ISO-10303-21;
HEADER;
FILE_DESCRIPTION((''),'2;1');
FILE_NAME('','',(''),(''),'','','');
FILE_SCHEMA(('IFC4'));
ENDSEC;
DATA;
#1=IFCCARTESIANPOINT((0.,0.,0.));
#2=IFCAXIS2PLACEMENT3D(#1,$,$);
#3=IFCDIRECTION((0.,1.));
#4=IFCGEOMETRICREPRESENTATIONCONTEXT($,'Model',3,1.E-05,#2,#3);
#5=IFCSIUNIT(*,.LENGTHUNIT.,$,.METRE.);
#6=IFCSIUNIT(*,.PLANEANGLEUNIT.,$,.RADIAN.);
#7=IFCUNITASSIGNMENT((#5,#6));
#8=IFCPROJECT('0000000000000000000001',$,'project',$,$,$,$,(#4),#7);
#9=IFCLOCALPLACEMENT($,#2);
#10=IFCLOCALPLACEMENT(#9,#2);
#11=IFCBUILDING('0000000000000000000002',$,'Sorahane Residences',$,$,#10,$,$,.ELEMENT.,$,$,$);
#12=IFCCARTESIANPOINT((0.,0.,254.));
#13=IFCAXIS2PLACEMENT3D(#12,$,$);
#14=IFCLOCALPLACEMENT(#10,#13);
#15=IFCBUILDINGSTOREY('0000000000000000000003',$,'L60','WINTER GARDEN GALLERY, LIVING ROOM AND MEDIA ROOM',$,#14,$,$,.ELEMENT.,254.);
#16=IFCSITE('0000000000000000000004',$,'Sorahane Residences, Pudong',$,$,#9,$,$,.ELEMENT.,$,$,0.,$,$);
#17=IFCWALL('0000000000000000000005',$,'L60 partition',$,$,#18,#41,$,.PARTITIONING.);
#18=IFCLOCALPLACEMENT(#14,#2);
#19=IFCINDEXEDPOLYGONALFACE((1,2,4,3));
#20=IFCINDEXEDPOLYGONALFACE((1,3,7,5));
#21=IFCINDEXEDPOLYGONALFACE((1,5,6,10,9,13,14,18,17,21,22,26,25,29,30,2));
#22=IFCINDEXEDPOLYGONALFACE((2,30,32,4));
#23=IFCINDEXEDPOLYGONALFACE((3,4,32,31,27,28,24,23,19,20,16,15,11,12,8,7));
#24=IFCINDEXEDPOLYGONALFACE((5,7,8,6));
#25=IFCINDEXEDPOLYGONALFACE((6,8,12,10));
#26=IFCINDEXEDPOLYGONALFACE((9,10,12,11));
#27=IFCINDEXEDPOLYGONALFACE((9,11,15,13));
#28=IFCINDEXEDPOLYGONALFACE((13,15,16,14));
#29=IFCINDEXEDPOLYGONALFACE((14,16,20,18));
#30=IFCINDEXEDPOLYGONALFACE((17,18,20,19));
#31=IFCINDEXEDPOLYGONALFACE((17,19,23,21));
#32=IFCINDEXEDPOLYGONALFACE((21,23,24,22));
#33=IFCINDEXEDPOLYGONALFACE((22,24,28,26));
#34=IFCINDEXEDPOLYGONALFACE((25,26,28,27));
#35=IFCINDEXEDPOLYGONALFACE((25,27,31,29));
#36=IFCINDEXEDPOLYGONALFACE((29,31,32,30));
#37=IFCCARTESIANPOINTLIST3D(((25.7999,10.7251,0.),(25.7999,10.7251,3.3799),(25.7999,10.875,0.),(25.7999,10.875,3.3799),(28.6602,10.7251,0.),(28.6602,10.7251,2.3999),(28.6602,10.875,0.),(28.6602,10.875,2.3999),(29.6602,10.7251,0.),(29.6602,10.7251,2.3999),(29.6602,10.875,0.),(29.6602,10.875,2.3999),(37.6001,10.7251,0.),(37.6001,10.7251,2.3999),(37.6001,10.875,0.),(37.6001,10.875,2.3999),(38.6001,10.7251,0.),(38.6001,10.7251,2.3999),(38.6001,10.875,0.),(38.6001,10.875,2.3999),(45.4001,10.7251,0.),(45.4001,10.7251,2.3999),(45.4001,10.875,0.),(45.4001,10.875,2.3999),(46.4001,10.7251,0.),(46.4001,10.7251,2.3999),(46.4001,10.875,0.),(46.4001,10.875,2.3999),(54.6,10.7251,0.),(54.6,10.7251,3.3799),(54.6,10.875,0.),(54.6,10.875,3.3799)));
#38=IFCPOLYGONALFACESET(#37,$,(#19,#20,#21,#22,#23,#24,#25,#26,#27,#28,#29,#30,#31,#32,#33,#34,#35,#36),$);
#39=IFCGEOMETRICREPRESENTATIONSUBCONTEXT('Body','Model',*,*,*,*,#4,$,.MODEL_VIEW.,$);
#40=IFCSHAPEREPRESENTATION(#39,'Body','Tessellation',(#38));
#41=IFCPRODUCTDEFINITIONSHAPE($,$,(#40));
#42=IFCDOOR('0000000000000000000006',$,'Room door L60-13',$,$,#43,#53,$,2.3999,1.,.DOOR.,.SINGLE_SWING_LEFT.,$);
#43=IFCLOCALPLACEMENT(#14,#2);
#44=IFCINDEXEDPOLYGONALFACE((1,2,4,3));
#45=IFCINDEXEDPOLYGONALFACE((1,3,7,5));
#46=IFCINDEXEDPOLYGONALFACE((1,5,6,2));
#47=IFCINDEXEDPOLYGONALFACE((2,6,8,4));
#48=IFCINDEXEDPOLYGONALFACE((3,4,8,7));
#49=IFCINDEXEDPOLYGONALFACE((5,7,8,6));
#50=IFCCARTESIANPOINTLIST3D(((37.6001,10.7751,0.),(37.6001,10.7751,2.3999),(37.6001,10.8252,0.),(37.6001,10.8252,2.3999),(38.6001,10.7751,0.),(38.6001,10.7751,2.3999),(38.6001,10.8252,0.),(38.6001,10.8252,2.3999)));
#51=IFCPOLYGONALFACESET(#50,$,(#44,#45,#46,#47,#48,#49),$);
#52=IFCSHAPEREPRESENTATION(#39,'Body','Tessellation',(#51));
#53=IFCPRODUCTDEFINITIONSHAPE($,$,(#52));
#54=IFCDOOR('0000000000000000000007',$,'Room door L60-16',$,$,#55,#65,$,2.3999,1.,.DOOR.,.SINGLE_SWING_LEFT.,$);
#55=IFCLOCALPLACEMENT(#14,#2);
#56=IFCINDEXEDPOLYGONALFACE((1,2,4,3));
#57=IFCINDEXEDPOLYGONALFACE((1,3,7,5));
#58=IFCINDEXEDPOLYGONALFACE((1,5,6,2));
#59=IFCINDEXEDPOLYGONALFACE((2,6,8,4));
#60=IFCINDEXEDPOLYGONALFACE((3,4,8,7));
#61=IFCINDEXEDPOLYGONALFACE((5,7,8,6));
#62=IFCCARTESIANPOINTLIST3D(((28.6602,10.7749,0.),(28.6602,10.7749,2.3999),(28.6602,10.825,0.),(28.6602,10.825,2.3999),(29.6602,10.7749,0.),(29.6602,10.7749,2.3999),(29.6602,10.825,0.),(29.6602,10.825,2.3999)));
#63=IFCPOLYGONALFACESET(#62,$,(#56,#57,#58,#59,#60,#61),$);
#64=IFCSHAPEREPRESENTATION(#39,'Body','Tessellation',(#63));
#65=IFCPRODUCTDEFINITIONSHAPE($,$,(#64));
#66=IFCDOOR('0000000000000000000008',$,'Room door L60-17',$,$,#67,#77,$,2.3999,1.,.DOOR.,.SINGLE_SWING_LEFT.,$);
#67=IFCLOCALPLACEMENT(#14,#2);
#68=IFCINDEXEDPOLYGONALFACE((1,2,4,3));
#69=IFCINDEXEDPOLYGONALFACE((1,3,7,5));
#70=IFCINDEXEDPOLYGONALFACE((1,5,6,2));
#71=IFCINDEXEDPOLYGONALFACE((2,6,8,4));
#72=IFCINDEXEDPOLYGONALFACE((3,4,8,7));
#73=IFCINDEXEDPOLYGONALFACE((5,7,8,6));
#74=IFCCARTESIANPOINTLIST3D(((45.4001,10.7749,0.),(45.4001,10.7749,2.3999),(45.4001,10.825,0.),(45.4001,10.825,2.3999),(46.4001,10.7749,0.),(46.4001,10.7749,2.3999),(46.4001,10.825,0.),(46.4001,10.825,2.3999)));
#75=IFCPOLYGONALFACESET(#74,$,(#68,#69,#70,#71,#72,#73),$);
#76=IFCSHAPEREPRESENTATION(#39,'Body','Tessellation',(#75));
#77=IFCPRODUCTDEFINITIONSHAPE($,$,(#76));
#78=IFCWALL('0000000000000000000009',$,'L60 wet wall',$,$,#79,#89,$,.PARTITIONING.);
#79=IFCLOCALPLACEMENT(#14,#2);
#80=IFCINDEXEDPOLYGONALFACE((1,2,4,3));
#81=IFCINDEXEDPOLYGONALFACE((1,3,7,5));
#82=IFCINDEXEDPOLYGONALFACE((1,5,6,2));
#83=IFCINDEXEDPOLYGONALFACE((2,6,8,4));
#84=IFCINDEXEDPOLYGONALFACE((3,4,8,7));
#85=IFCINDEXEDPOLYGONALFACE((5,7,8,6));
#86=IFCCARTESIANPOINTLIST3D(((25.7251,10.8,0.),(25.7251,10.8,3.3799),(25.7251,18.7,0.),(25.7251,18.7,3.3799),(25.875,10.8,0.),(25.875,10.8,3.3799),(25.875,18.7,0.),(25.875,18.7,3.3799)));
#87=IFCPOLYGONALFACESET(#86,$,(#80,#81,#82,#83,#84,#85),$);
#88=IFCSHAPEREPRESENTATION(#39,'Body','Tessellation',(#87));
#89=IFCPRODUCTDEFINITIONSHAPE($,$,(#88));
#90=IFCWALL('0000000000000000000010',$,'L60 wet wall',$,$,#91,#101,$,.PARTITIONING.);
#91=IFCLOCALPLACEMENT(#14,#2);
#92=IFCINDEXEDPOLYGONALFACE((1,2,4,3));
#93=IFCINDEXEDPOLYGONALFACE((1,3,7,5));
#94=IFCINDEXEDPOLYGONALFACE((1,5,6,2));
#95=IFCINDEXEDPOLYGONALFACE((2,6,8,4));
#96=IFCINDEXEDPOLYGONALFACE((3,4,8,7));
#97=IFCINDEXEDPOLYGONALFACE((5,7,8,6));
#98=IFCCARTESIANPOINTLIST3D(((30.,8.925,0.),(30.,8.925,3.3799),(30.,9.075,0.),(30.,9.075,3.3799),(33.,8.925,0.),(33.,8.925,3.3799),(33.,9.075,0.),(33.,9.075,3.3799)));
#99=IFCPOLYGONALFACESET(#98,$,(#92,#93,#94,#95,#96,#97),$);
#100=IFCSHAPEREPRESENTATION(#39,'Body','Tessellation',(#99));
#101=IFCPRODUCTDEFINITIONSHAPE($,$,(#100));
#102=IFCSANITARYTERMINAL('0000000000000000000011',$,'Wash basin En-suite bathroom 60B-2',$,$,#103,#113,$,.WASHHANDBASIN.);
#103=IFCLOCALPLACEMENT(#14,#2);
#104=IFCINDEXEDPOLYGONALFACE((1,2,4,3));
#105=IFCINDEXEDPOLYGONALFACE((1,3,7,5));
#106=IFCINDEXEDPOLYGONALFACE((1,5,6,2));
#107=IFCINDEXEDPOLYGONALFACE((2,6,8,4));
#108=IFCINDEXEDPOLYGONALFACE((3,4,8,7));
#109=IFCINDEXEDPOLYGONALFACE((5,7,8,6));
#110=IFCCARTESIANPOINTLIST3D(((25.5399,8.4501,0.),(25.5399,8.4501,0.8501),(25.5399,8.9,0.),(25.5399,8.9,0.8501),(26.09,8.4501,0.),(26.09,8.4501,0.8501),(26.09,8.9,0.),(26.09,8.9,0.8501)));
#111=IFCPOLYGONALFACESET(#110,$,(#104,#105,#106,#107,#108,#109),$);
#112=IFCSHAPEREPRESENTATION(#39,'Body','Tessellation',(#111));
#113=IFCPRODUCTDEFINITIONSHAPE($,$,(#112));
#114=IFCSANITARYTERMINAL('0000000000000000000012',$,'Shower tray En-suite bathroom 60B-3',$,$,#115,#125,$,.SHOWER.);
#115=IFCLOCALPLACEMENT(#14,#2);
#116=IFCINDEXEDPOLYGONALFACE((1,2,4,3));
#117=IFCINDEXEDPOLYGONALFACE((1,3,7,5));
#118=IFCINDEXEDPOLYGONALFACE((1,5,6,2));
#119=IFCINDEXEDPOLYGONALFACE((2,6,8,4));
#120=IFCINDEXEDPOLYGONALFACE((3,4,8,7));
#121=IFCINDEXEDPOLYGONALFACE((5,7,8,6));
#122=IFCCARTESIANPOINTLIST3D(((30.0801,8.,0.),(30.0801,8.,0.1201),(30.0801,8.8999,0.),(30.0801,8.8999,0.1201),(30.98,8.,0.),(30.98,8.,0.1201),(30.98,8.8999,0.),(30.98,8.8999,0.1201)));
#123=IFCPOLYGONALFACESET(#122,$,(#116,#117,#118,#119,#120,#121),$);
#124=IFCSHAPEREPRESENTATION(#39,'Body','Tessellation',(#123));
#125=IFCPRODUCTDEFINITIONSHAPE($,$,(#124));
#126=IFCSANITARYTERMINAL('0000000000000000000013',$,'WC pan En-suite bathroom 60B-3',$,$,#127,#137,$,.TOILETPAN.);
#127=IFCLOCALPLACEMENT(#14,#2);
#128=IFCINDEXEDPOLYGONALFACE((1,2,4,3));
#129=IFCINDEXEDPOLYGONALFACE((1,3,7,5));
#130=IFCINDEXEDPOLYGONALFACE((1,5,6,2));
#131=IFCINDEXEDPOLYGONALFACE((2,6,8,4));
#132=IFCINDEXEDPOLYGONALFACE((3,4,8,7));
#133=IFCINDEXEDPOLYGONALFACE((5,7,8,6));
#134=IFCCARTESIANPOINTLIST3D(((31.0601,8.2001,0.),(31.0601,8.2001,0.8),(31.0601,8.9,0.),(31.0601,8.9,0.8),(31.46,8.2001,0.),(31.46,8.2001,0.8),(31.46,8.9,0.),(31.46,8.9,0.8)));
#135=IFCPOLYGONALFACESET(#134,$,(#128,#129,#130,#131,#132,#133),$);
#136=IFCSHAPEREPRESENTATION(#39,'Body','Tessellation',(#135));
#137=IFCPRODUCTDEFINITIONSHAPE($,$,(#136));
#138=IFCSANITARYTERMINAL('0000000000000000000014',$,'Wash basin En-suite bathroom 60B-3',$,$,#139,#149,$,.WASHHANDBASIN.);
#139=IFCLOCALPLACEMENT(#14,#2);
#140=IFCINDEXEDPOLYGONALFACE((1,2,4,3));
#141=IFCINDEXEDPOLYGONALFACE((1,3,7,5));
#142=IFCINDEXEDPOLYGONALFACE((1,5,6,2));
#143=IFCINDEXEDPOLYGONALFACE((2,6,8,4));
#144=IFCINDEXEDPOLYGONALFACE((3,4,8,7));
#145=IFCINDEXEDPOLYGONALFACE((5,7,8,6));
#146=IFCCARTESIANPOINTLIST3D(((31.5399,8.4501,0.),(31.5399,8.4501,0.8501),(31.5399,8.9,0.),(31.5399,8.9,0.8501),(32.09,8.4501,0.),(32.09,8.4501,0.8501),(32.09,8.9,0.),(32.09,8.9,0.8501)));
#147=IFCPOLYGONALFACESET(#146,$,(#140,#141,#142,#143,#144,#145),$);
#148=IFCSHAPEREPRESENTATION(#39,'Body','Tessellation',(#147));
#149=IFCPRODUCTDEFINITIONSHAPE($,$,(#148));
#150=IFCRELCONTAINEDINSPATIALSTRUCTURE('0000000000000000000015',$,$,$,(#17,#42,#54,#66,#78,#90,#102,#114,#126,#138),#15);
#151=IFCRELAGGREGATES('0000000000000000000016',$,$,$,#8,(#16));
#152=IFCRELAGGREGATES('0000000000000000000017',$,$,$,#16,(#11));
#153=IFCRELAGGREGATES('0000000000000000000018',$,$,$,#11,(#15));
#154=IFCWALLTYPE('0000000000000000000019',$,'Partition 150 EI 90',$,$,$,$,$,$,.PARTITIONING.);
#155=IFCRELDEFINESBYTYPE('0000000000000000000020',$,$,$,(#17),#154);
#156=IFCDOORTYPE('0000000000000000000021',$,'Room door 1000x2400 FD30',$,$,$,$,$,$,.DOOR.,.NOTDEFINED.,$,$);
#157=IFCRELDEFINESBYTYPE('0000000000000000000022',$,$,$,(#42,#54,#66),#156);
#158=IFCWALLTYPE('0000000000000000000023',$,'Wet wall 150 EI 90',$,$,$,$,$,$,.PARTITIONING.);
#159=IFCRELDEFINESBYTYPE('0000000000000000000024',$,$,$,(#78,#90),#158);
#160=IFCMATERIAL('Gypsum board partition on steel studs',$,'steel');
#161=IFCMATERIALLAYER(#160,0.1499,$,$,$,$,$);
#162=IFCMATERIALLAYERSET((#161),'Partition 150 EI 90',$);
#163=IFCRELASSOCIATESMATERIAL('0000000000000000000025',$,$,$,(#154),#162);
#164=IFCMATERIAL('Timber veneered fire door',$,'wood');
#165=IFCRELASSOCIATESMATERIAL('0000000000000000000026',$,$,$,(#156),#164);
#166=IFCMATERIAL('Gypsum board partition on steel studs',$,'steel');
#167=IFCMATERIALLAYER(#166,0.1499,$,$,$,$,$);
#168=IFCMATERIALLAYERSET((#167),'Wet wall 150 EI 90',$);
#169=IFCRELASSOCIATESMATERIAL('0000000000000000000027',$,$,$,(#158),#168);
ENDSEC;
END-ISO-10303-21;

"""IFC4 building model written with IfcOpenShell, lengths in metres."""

from ifc_helpers import new_model, si_unit, direction, frame, frame_2d, origin, origin_2d, place, context, subcontext, project, spatial, rectangle, extrude, material, layer, layer_set, type_object, element, fill, save


model = new_model("IFC4")

# Units and contexts
model_context = context("Model", 3, precision=1e-05, world=origin(), true_north=direction((0.0, 1.0)))
body_context = subcontext(model_context, "Body", "Model", "MODEL_VIEW")
ifc_project = project(units=[si_unit("LENGTHUNIT", "METRE"), si_unit("PLANEANGLEUNIT", "RADIAN")], contexts=[model_context])

# Site, building, storey
site_placement = place(None, origin())
site = spatial("IfcSite", under=ifc_project, at=site_placement, Name="Sorahane Residences, Pudong", CompositionType="ELEMENT", RefElevation=0.0)
building_placement = place(site_placement, origin())
building = spatial("IfcBuilding", under=site, at=building_placement, Name="Sorahane Residences", CompositionType="ELEMENT")
storey_placement = place(building_placement, frame((0.0, 0.0, 254.0)))
storey = spatial("IfcBuildingStorey", under=building, at=storey_placement, Name="L60", Description="WINTER GARDEN GALLERY, LIVING ROOM AND MEDIA ROOM", CompositionType="ELEMENT", Elevation=254.0)

# Wall, openings, doors
ifc_material_1 = material(Name="Gypsum board partition on steel studs", Category="steel")
ifc_layer_1 = layer(ifc_material_1, 0.1499)
ifc_layer_set_1 = layer_set([ifc_layer_1], Name="Partition 150 EI 90")
wall_type_1 = type_object("IfcWallType", Name="Partition 150 EI 90", PredefinedType="PARTITIONING", material=ifc_layer_set_1)
wall_1_placement = place(storey_placement, frame((25.8, 10.8, 0.0), z_axis=(0.0, 0.0, 1.0), x_axis=(1.0, 0.0, 0.0)))
wall_1 = element("IfcWall", 1, at=wall_1_placement, inside=storey, type_object=wall_type_1, Name="L60 partition", PredefinedType="PARTITIONING", context=body_context, shape_type="SweptSolid", body=[
    extrude(rectangle(XDim=28.8, YDim=0.1499, at=frame_2d((14.3999, 0.0))), origin(), (0.0, 0.0, 1.0), 3.3799),
])
opening_1_placement = place(wall_1_placement, frame((11.8, 0.0, 0.0)))
opening_1 = element("IfcOpeningElement", 2, at=opening_1_placement, cuts=wall_1, PredefinedType="OPENING", context=body_context, shape_type="SweptSolid", body=[
    extrude(rectangle(XDim=1.0, YDim=2.3999, at=frame_2d((0.5, 1.2))), frame((0.0, 0.085, 0.0), z_axis=(0.0, -1.0, 0.0), x_axis=(1.0, 0.0, 0.0)), (0.0, 0.0, 1.0), 0.1699),
])
opening_2_placement = place(wall_1_placement, frame((2.8601, 0.0, 0.0)))
opening_2 = element("IfcOpeningElement", 3, at=opening_2_placement, cuts=wall_1, PredefinedType="OPENING", context=body_context, shape_type="SweptSolid", body=[
    extrude(rectangle(XDim=1.0, YDim=2.3999, at=frame_2d((0.5, 1.2))), frame((0.0, 0.085, 0.0), z_axis=(0.0, -1.0, 0.0), x_axis=(1.0, 0.0, 0.0)), (0.0, 0.0, 1.0), 0.1699),
])
opening_3_placement = place(wall_1_placement, frame((19.6001, 0.0, 0.0)))
opening_3 = element("IfcOpeningElement", 4, at=opening_3_placement, cuts=wall_1, PredefinedType="OPENING", context=body_context, shape_type="SweptSolid", body=[
    extrude(rectangle(XDim=1.0, YDim=2.3999, at=frame_2d((0.5, 1.2))), frame((0.0, 0.085, 0.0), z_axis=(0.0, -1.0, 0.0), x_axis=(1.0, 0.0, 0.0)), (0.0, 0.0, 1.0), 0.1699),
])
ifc_material_2 = material(Name="Timber veneered fire door", Category="wood")
door_type_1 = type_object("IfcDoorType", Name="Room door 1000x2400 FD30", OperationType="NOTDEFINED", PredefinedType="DOOR", material=ifc_material_2)
door_1_placement = place(opening_1_placement, frame((1.0, 0.0, 0.0), z_axis=(0.0, 0.0, 1.0), x_axis=(-1.0, 0.0, 0.0)))
door_1 = element("IfcDoor", 5, at=door_1_placement, inside=storey, type_object=door_type_1, Name="Room door L60-13", OperationType="SINGLE_SWING_LEFT", OverallHeight=2.3999, OverallWidth=1.0, PredefinedType="DOOR", context=body_context, shape_type="SweptSolid", body=[
    extrude(rectangle(XDim=1.0, YDim=2.3999, at=frame_2d((0.5, 1.2))), frame((0.0, 0.0249, 0.0), z_axis=(0.0, -1.0, 0.0), x_axis=(1.0, 0.0, 0.0)), (0.0, 0.0, 1.0), 0.05),
])
fill(opening_1, door_1)
door_2_placement = place(opening_2_placement, origin())
door_2 = element("IfcDoor", 6, at=door_2_placement, inside=storey, type_object=door_type_1, Name="Room door L60-16", OperationType="SINGLE_SWING_LEFT", OverallHeight=2.3999, OverallWidth=1.0, PredefinedType="DOOR", context=body_context, shape_type="SweptSolid", body=[
    extrude(rectangle(XDim=1.0, YDim=2.3999, at=frame_2d((0.5, 1.2))), frame((0.0, 0.0249, 0.0), z_axis=(0.0, -1.0, 0.0), x_axis=(1.0, 0.0, 0.0)), (0.0, 0.0, 1.0), 0.05),
])
fill(opening_2, door_2)
door_3_placement = place(opening_3_placement, origin())
door_3 = element("IfcDoor", 7, at=door_3_placement, inside=storey, type_object=door_type_1, Name="Room door L60-17", OperationType="SINGLE_SWING_LEFT", OverallHeight=2.3999, OverallWidth=1.0, PredefinedType="DOOR", context=body_context, shape_type="SweptSolid", body=[
    extrude(rectangle(XDim=1.0, YDim=2.3999, at=frame_2d((0.5, 1.2))), frame((0.0, 0.0249, 0.0), z_axis=(0.0, -1.0, 0.0), x_axis=(1.0, 0.0, 0.0)), (0.0, 0.0, 1.0), 0.05),
])
fill(opening_3, door_3)

# Wall
ifc_material_3 = material(Name="Gypsum board partition on steel studs", Category="steel")
ifc_layer_2 = layer(ifc_material_3, 0.1499)
ifc_layer_set_2 = layer_set([ifc_layer_2], Name="Wet wall 150 EI 90")
wall_type_2 = type_object("IfcWallType", Name="Wet wall 150 EI 90", PredefinedType="PARTITIONING", material=ifc_layer_set_2)
wall_2_placement = place(storey_placement, frame((25.8, 10.8, 0.0), z_axis=(0.0, 0.0, 1.0), x_axis=(0.0, 1.0, 0.0)))
element("IfcWall", 8, at=wall_2_placement, inside=storey, type_object=wall_type_2, Name="L60 wet wall", PredefinedType="PARTITIONING", context=body_context, shape_type="SweptSolid", body=[
    extrude(rectangle(XDim=7.8999, YDim=0.1499, at=frame_2d((3.95, 0.0))), origin(), (0.0, 0.0, 1.0), 3.3799),
])

# Wall
wall_3_placement = place(storey_placement, frame((30.0, 9.0, 0.0), z_axis=(0.0, 0.0, 1.0), x_axis=(1.0, 0.0, 0.0)))
element("IfcWall", 9, at=wall_3_placement, inside=storey, type_object=wall_type_2, Name="L60 wet wall", PredefinedType="PARTITIONING", context=body_context, shape_type="SweptSolid", body=[
    extrude(rectangle(XDim=3.0, YDim=0.1499, at=frame_2d((1.5, 0.0))), origin(), (0.0, 0.0, 1.0), 3.3799),
])

# Sanitary terminals
sanitary_terminal_1_placement = place(storey_placement, frame((25.8149, 8.675, 0.0), z_axis=(0.0, 0.0, 1.0), x_axis=(1.0, 0.0, 0.0)))
element("IfcSanitaryTerminal", 10, at=sanitary_terminal_1_placement, inside=storey, Name="Wash basin En-suite bathroom 60B-2", PredefinedType="WASHHANDBASIN", context=body_context, shape_type="SweptSolid", body=[
    extrude(rectangle(XDim=0.55, YDim=0.45, at=origin_2d()), origin(), (0.0, 0.0, 1.0), 0.8501),
])
sanitary_terminal_2_placement = place(storey_placement, frame((30.53, 8.45, 0.0), z_axis=(0.0, 0.0, 1.0), x_axis=(1.0, 0.0, 0.0)))
element("IfcSanitaryTerminal", 11, at=sanitary_terminal_2_placement, inside=storey, Name="Shower tray En-suite bathroom 60B-3", PredefinedType="SHOWER", context=body_context, shape_type="SweptSolid", body=[
    extrude(rectangle(XDim=0.8999, YDim=0.8999, at=origin_2d()), origin(), (0.0, 0.0, 1.0), 0.1201),
])
sanitary_terminal_3_placement = place(storey_placement, frame((31.26, 8.55, 0.0), z_axis=(0.0, 0.0, 1.0), x_axis=(1.0, 0.0, 0.0)))
element("IfcSanitaryTerminal", 12, at=sanitary_terminal_3_placement, inside=storey, Name="WC pan En-suite bathroom 60B-3", PredefinedType="TOILETPAN", context=body_context, shape_type="SweptSolid", body=[
    extrude(rectangle(XDim=0.3999, YDim=0.7, at=origin_2d()), origin(), (0.0, 0.0, 1.0), 0.8),
])
sanitary_terminal_4_placement = place(storey_placement, frame((31.8149, 8.675, 0.0), z_axis=(0.0, 0.0, 1.0), x_axis=(1.0, 0.0, 0.0)))
element("IfcSanitaryTerminal", 13, at=sanitary_terminal_4_placement, inside=storey, Name="Wash basin En-suite bathroom 60B-3", PredefinedType="WASHHANDBASIN", context=body_context, shape_type="SweptSolid", body=[
    extrude(rectangle(XDim=0.55, YDim=0.45, at=origin_2d()), origin(), (0.0, 0.0, 1.0), 0.8501),
])

save(model, "model.ifc")
